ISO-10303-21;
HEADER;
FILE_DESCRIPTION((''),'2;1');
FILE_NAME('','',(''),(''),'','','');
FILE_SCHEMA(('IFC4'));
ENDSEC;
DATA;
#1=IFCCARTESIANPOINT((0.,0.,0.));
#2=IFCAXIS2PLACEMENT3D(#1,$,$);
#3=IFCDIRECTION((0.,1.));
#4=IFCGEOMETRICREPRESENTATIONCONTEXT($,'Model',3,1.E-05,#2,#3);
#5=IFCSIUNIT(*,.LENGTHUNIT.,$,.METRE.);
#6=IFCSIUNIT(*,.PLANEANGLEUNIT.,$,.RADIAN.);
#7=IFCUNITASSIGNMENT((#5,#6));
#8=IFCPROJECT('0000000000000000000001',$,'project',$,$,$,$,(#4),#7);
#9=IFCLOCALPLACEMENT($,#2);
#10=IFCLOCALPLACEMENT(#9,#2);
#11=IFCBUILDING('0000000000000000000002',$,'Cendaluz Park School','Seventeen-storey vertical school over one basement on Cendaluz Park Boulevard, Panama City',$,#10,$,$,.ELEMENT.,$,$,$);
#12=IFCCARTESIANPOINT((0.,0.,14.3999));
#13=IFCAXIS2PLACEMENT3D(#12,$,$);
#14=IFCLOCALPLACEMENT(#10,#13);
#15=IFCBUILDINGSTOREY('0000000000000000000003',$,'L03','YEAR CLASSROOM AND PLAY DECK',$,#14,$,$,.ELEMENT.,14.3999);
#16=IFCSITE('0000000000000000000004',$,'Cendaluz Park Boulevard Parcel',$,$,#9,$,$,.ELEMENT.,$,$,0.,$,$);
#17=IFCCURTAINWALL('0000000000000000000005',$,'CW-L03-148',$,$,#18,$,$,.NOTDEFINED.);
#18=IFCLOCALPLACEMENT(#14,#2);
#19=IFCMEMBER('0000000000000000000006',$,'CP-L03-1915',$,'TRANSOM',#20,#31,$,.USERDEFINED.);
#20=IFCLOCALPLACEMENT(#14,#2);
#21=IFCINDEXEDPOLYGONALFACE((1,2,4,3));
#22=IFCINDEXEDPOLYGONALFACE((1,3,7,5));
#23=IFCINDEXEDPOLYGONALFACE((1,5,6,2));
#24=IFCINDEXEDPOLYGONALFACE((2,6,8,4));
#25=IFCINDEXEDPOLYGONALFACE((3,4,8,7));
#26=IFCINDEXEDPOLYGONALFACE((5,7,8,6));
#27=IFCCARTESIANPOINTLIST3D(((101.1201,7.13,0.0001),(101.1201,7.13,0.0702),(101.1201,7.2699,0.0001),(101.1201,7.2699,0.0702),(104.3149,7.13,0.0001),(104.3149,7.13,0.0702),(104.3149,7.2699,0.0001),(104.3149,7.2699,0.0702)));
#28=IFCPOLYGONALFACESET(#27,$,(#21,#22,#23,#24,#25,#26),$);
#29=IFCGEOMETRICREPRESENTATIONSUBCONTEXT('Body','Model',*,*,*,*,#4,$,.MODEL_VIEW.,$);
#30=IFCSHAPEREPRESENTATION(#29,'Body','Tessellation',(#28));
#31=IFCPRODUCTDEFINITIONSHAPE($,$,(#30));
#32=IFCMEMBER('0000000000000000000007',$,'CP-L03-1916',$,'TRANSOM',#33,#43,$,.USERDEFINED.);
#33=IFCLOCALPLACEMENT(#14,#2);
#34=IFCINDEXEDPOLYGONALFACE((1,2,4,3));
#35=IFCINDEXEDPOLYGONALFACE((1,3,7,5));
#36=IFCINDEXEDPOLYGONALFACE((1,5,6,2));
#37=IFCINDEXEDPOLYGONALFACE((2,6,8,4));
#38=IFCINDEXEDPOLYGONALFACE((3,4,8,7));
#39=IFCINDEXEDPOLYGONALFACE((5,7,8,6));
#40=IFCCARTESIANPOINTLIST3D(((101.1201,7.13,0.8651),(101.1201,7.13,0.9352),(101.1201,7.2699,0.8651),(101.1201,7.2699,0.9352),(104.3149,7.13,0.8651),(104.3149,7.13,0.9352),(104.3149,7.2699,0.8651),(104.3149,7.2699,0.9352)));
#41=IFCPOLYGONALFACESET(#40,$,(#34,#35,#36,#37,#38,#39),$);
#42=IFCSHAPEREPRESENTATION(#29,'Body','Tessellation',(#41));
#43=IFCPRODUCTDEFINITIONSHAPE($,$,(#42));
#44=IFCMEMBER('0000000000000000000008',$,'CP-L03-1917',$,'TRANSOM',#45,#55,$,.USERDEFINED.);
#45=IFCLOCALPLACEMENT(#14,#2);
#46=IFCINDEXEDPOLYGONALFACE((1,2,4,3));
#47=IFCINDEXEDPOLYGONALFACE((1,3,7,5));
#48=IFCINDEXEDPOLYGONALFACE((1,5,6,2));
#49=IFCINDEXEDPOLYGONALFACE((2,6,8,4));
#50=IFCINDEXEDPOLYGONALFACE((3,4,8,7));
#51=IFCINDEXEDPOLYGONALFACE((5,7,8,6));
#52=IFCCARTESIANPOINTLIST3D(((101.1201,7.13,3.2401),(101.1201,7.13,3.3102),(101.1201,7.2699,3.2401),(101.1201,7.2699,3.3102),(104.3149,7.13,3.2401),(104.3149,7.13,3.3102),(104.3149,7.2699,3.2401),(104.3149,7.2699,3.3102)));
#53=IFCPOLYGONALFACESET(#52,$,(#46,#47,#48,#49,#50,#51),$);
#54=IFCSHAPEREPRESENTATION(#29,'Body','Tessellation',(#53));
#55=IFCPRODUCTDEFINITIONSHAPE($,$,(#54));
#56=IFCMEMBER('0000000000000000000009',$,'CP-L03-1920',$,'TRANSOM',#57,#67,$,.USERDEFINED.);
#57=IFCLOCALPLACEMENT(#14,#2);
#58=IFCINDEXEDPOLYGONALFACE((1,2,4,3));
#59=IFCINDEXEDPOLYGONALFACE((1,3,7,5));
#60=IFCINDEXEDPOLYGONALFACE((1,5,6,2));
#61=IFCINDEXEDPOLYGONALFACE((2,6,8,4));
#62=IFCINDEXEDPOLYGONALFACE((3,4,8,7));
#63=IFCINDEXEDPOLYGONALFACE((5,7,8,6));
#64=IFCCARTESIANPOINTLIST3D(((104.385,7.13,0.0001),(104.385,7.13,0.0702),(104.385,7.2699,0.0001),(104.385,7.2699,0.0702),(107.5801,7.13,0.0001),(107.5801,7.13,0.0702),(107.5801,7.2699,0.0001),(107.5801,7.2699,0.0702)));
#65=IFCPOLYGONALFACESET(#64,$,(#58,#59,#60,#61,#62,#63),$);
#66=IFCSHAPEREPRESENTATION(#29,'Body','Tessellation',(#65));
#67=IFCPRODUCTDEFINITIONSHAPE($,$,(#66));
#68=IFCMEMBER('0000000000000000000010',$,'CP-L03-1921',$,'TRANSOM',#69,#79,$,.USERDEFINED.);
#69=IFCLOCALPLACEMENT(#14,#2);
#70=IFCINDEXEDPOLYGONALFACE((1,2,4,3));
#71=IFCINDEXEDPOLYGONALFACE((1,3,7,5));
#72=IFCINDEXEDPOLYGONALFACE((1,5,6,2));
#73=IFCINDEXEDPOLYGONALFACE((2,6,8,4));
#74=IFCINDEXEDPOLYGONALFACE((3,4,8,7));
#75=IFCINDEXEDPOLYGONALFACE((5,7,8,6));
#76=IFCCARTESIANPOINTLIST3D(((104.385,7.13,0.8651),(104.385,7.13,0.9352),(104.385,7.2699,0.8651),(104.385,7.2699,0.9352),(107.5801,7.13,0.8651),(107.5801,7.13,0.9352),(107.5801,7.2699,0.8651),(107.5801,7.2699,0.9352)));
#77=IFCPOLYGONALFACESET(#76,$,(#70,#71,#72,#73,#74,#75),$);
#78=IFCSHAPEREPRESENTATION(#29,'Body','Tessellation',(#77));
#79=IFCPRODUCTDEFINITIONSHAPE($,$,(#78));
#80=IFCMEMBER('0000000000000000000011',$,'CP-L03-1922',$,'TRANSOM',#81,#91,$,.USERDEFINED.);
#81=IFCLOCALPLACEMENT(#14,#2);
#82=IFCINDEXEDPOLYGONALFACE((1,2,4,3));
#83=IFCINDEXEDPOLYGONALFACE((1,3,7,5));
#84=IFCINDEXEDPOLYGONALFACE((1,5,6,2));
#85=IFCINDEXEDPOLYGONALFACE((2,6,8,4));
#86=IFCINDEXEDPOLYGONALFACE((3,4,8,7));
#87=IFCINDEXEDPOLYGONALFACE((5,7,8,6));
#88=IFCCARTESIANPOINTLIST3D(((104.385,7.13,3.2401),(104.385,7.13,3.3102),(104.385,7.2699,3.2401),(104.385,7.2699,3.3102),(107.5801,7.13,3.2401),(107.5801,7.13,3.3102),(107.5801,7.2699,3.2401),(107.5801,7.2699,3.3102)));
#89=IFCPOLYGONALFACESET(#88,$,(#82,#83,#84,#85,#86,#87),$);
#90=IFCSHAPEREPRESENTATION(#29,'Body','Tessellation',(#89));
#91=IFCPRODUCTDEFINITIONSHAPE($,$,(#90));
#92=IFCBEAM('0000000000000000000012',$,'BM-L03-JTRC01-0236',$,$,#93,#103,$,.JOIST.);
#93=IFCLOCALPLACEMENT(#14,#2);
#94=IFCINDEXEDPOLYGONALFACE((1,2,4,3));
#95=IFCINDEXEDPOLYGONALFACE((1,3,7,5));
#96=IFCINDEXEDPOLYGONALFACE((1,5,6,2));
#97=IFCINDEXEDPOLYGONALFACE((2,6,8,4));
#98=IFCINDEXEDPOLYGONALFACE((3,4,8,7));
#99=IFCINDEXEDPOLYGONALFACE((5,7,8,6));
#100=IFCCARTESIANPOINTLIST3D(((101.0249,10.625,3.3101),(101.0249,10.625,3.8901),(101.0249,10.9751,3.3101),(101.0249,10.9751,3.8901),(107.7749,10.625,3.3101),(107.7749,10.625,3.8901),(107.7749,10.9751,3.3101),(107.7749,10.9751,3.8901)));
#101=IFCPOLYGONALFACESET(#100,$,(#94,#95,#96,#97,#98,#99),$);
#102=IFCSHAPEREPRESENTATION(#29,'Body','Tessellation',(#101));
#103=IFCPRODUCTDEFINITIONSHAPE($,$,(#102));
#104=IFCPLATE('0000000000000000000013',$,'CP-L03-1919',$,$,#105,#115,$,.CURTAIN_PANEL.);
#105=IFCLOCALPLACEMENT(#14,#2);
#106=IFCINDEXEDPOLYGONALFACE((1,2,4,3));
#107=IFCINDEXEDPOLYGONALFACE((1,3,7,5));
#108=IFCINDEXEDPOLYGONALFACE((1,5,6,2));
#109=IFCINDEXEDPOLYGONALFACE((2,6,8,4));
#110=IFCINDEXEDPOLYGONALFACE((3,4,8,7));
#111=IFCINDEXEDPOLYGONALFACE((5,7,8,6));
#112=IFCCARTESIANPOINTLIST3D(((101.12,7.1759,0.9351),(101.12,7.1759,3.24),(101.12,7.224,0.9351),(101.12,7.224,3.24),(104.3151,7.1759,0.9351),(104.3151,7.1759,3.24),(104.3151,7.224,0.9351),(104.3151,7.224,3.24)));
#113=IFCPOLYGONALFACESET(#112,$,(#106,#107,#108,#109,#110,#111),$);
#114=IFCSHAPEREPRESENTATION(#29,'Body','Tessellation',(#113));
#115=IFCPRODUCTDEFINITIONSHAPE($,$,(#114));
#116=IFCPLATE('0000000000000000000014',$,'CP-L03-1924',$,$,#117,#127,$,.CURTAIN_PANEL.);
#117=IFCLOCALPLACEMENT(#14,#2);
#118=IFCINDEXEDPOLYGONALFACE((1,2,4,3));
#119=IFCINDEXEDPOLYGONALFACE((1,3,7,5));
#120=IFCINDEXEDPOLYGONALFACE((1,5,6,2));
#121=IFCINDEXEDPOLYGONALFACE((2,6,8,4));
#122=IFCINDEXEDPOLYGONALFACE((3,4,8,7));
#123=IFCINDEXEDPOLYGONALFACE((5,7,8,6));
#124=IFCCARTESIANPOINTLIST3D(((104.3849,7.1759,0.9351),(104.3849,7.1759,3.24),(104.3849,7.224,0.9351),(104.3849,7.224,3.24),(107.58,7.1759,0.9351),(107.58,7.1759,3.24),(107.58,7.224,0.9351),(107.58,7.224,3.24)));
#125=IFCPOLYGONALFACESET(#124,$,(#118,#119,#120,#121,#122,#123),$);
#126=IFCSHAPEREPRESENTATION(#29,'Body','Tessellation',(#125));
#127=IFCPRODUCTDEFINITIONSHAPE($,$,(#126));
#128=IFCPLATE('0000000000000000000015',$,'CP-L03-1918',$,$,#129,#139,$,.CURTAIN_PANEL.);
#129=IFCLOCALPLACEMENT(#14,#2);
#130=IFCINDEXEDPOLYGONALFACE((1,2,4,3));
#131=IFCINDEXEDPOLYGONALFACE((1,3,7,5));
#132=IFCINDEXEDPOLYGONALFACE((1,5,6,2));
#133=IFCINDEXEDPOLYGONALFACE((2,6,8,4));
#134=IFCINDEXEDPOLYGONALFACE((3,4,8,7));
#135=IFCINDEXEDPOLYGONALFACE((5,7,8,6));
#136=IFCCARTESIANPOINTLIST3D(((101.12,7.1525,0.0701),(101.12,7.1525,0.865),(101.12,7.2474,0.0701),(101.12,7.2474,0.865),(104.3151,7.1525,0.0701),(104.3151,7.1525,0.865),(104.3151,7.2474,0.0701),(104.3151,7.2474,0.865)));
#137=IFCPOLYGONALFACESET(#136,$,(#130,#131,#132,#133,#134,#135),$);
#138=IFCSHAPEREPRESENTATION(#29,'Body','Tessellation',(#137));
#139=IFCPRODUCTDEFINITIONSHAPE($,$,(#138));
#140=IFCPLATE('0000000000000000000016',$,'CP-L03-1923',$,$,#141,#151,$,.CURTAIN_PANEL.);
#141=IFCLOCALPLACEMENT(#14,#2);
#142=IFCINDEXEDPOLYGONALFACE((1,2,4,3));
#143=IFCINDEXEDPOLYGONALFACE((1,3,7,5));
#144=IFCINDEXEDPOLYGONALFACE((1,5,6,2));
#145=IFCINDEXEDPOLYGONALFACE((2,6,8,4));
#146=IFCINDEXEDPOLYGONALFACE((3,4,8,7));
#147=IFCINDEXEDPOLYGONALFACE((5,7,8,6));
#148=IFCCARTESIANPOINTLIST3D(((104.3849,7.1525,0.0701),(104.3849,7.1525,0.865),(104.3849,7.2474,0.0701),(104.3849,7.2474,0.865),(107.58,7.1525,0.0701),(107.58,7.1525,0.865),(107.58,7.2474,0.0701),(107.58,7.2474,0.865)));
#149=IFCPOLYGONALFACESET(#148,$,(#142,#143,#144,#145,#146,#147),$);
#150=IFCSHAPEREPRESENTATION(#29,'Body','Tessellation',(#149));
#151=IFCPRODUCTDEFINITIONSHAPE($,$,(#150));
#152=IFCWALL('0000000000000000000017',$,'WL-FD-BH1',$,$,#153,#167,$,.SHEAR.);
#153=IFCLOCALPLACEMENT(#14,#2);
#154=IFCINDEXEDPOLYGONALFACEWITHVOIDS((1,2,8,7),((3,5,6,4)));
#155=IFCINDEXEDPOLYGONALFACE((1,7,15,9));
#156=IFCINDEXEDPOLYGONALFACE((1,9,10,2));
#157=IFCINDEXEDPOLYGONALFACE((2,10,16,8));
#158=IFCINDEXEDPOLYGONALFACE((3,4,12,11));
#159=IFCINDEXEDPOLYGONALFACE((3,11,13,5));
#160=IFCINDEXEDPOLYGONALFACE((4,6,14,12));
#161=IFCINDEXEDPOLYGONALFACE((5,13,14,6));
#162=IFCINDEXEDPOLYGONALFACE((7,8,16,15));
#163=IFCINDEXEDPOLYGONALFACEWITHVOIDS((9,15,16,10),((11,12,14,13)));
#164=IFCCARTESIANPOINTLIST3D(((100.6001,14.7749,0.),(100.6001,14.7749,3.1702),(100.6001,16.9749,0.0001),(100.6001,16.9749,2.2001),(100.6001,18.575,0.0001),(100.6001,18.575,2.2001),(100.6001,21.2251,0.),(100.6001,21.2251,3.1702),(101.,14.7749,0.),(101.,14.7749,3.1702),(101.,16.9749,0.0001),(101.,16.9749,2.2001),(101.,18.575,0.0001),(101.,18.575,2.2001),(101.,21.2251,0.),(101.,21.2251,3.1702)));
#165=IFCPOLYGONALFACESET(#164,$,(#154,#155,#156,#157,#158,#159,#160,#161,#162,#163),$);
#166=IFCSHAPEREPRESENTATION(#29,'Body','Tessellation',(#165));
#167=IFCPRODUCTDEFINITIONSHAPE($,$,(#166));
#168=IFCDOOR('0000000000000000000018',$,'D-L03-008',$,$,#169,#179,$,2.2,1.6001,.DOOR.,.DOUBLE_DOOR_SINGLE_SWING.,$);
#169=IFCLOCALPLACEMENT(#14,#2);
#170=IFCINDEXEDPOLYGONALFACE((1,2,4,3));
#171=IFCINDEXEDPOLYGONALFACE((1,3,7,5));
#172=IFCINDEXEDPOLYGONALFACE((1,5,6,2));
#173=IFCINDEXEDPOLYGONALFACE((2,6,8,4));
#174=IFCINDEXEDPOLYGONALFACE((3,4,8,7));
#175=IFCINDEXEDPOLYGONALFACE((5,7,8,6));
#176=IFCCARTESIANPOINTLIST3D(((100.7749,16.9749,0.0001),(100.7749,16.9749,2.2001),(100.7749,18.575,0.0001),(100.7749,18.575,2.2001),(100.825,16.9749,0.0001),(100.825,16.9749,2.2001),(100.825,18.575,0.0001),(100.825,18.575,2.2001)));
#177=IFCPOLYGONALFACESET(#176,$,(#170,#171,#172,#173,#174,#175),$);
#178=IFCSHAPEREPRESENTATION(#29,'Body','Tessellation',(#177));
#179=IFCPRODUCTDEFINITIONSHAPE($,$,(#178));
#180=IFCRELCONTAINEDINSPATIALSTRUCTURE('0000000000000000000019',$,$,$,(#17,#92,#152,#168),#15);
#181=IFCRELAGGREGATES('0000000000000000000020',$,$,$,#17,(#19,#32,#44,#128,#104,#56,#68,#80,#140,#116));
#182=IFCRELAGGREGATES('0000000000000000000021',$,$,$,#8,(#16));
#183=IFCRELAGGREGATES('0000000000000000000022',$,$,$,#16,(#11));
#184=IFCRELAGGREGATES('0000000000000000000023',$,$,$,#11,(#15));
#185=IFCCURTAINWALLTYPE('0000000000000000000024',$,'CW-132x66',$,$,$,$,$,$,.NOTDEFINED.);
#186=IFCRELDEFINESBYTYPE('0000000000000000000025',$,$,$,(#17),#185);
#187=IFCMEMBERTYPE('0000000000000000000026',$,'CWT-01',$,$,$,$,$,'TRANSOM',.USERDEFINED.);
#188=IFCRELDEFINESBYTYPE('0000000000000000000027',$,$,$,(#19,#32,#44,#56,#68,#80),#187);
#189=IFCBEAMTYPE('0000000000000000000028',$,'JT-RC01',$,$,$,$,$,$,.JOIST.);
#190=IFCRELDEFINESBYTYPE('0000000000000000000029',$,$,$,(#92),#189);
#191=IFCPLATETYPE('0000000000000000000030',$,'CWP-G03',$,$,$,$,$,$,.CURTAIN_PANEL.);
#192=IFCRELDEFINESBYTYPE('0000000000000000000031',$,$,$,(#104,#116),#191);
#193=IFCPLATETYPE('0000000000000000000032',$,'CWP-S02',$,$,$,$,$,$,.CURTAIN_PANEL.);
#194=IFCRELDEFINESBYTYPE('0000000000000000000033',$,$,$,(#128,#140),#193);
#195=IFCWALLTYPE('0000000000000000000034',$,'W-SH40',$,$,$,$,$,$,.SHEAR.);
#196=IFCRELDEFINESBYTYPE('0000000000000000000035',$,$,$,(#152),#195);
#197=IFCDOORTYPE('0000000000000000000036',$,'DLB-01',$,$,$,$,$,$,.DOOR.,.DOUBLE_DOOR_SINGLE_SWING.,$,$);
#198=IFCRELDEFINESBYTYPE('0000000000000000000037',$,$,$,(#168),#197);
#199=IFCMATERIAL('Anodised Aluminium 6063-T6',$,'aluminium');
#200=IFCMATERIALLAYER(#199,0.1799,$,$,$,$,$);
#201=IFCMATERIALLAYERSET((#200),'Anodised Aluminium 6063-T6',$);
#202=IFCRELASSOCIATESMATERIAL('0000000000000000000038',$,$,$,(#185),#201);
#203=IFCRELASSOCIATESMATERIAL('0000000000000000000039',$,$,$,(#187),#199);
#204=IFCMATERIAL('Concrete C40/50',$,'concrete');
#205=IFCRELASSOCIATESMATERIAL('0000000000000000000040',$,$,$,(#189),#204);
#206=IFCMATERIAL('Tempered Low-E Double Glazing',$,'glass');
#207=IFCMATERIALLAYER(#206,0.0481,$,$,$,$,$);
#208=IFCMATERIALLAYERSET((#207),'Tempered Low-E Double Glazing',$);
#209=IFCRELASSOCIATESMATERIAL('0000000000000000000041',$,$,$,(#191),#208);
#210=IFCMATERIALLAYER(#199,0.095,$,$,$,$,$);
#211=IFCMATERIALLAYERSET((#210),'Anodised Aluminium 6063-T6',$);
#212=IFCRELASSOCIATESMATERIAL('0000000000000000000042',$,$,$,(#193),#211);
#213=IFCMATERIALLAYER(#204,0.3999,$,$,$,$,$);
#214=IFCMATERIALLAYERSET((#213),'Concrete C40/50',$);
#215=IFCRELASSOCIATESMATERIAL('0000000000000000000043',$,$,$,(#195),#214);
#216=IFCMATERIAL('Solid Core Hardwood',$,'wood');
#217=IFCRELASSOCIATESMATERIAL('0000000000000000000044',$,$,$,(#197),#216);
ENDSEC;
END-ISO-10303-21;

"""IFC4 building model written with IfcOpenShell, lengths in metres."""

from ifc_helpers import new_model, si_unit, direction, frame, frame_2d, origin, origin_2d, place, context, subcontext, project, spatial, rectangle, extrude, material, layer, layer_set, material_profile, profile_set, type_object, element, fill, aggregate, save


model = new_model("IFC4")

# Units and contexts
model_context = context("Model", 3, precision=1e-05, world=origin(), true_north=direction((0.0, 1.0)))
body_context = subcontext(model_context, "Body", "Model", "MODEL_VIEW")
ifc_project = project(units=[si_unit("LENGTHUNIT", "METRE"), si_unit("PLANEANGLEUNIT", "RADIAN")], contexts=[model_context])

# Site, building, storey
site_placement = place(None, origin())
site = spatial("IfcSite", under=ifc_project, at=site_placement, Name="Cendaluz Park Boulevard Parcel", CompositionType="ELEMENT", RefElevation=0.0)
building_placement = place(site_placement, origin())
building = spatial("IfcBuilding", under=site, at=building_placement, Name="Cendaluz Park School", Description="Seventeen-storey vertical school over one basement on Cendaluz Park Boulevard, Panama City", CompositionType="ELEMENT")
storey_placement = place(building_placement, frame((0.0, 0.0, 14.3999)))
storey = spatial("IfcBuildingStorey", under=building, at=storey_placement, Name="L03", Description="YEAR CLASSROOM AND PLAY DECK", CompositionType="ELEMENT", Elevation=14.3999)

# Shared definitions
ifc_material_1 = material(Name="Concrete C40/50", Category="concrete")

# Curtain wall, members
ifc_material_2 = material(Name="Anodised Aluminium 6063-T6", Category="aluminium")
ifc_layer_1 = layer(ifc_material_2, 0.1799)
ifc_layer_set_1 = layer_set([ifc_layer_1], Name="Anodised Aluminium 6063-T6")
curtain_wall_type = type_object("IfcCurtainWallType", Name="CW-132x66", PredefinedType="NOTDEFINED", material=ifc_layer_set_1)
curtain_wall_placement = place(storey_placement, origin())
curtain_wall = element("IfcCurtainWall", 1, at=curtain_wall_placement, inside=storey, type_object=curtain_wall_type, Name="CW-L03-148", PredefinedType="NOTDEFINED")
ifc_material_profile_1 = material_profile(ifc_material_2, rectangle(XDim=0.1399, YDim=0.0701, at=origin_2d()), Name="CWT 140x70", Category="aluminium")
ifc_profile_set_1 = profile_set([ifc_material_profile_1], Name="Anodised Aluminium 6063-T6")
member_type_1 = type_object("IfcMemberType", Name="CWT-01", ElementType="TRANSOM", PredefinedType="USERDEFINED", material=ifc_profile_set_1)
member_1_placement = place(storey_placement, frame((101.1201, 7.2, 0.0352), z_axis=(1.0, 0.0, 0.0), x_axis=(0.0, 1.0, 0.0)))
member_1 = element("IfcMember", 2, at=member_1_placement, type_object=member_type_1, Name="CP-L03-1915", ObjectType="TRANSOM", PredefinedType="USERDEFINED", context=body_context, shape_type="SweptSolid", body=[
    extrude(rectangle(XDim=0.1399, YDim=0.0701, at=origin_2d()), origin(), (0.0, 0.0, 1.0), 3.1948),
])
member_2_placement = place(storey_placement, frame((101.1201, 7.2, 0.9001), z_axis=(1.0, 0.0, 0.0), x_axis=(0.0, 1.0, 0.0)))
member_2 = element("IfcMember", 3, at=member_2_placement, type_object=member_type_1, Name="CP-L03-1916", ObjectType="TRANSOM", PredefinedType="USERDEFINED", context=body_context, shape_type="SweptSolid", body=[
    extrude(rectangle(XDim=0.1399, YDim=0.0701, at=origin_2d()), origin(), (0.0, 0.0, 1.0), 3.1948),
])
member_3_placement = place(storey_placement, frame((101.1201, 7.2, 3.2751), z_axis=(1.0, 0.0, 0.0), x_axis=(0.0, 1.0, 0.0)))
member_3 = element("IfcMember", 4, at=member_3_placement, type_object=member_type_1, Name="CP-L03-1917", ObjectType="TRANSOM", PredefinedType="USERDEFINED", context=body_context, shape_type="SweptSolid", body=[
    extrude(rectangle(XDim=0.1399, YDim=0.0701, at=origin_2d()), origin(), (0.0, 0.0, 1.0), 3.1948),
])
member_4_placement = place(storey_placement, frame((104.385, 7.2, 0.0352), z_axis=(1.0, 0.0, 0.0), x_axis=(0.0, 1.0, 0.0)))
member_4 = element("IfcMember", 5, at=member_4_placement, type_object=member_type_1, Name="CP-L03-1920", ObjectType="TRANSOM", PredefinedType="USERDEFINED", context=body_context, shape_type="SweptSolid", body=[
    extrude(rectangle(XDim=0.1399, YDim=0.0701, at=origin_2d()), origin(), (0.0, 0.0, 1.0), 3.1951),
])
member_5_placement = place(storey_placement, frame((104.385, 7.2, 0.9001), z_axis=(1.0, 0.0, 0.0), x_axis=(0.0, 1.0, 0.0)))
member_5 = element("IfcMember", 6, at=member_5_placement, type_object=member_type_1, Name="CP-L03-1921", ObjectType="TRANSOM", PredefinedType="USERDEFINED", context=body_context, shape_type="SweptSolid", body=[
    extrude(rectangle(XDim=0.1399, YDim=0.0701, at=origin_2d()), origin(), (0.0, 0.0, 1.0), 3.1951),
])
member_6_placement = place(storey_placement, frame((104.385, 7.2, 3.2751), z_axis=(1.0, 0.0, 0.0), x_axis=(0.0, 1.0, 0.0)))
member_6 = element("IfcMember", 7, at=member_6_placement, type_object=member_type_1, Name="CP-L03-1922", ObjectType="TRANSOM", PredefinedType="USERDEFINED", context=body_context, shape_type="SweptSolid", body=[
    extrude(rectangle(XDim=0.1399, YDim=0.0701, at=origin_2d()), origin(), (0.0, 0.0, 1.0), 3.1951),
])

# Beam
ifc_material_profile_2 = material_profile(ifc_material_1, rectangle(XDim=0.3501, YDim=0.5801, at=origin_2d()), Name="RC 350x580", Category="concrete")
ifc_profile_set_2 = profile_set([ifc_material_profile_2], Name="Concrete C40/50")
beam_type_1 = type_object("IfcBeamType", Name="JT-RC01", PredefinedType="JOIST", material=ifc_profile_set_2)
beam_1_placement = place(storey_placement, frame((101.0249, 10.8, 3.6001), z_axis=(1.0, 0.0, 0.0), x_axis=(0.0, 1.0, 0.0)))
element("IfcBeam", 8, at=beam_1_placement, inside=storey, type_object=beam_type_1, Name="BM-L03-JTRC01-0236", PredefinedType="JOIST", context=body_context, shape_type="SweptSolid", body=[
    extrude(rectangle(XDim=0.3501, YDim=0.5801, at=origin_2d()), origin(), (0.0, 0.0, 1.0), 6.75),
])

# Plates
ifc_material_3 = material(Name="Tempered Low-E Double Glazing", Category="glass")
ifc_layer_2 = layer(ifc_material_3, 0.0481)
ifc_layer_set_2 = layer_set([ifc_layer_2], Name="Tempered Low-E Double Glazing")
plate_type_1 = type_object("IfcPlateType", Name="CWP-G03", PredefinedType="CURTAIN_PANEL", material=ifc_layer_set_2)
plate_1_placement = place(storey_placement, frame((102.7175, 7.2, 0.9351), z_axis=(0.0, 0.0, 1.0), x_axis=(1.0, 0.0, 0.0)))
plate_1 = element("IfcPlate", 9, at=plate_1_placement, type_object=plate_type_1, Name="CP-L03-1919", PredefinedType="CURTAIN_PANEL", context=body_context, shape_type="SweptSolid", body=[
    extrude(rectangle(XDim=3.1951, YDim=0.0481, at=origin_2d()), origin(), (0.0, 0.0, 1.0), 2.3049),
])
plate_2_placement = place(storey_placement, frame((105.9824, 7.2, 0.9351), z_axis=(0.0, 0.0, 1.0), x_axis=(1.0, 0.0, 0.0)))
plate_2 = element("IfcPlate", 10, at=plate_2_placement, type_object=plate_type_1, Name="CP-L03-1924", PredefinedType="CURTAIN_PANEL", context=body_context, shape_type="SweptSolid", body=[
    extrude(rectangle(XDim=3.1951, YDim=0.0481, at=origin_2d()), origin(), (0.0, 0.0, 1.0), 2.3049),
])
ifc_layer_3 = layer(ifc_material_2, 0.095)
ifc_layer_set_3 = layer_set([ifc_layer_3], Name="Anodised Aluminium 6063-T6")
plate_type_2 = type_object("IfcPlateType", Name="CWP-S02", PredefinedType="CURTAIN_PANEL", material=ifc_layer_set_3)
plate_3_placement = place(storey_placement, frame((102.7175, 7.2, 0.0701), z_axis=(0.0, 0.0, 1.0), x_axis=(1.0, 0.0, 0.0)))
plate_3 = element("IfcPlate", 11, at=plate_3_placement, type_object=plate_type_2, Name="CP-L03-1918", PredefinedType="CURTAIN_PANEL", context=body_context, shape_type="SweptSolid", body=[
    extrude(rectangle(XDim=3.1951, YDim=0.095, at=origin_2d()), origin(), (0.0, 0.0, 1.0), 0.7949),
])
plate_4_placement = place(storey_placement, frame((105.9824, 7.2, 0.0701), z_axis=(0.0, 0.0, 1.0), x_axis=(1.0, 0.0, 0.0)))
plate_4 = element("IfcPlate", 12, at=plate_4_placement, type_object=plate_type_2, Name="CP-L03-1923", PredefinedType="CURTAIN_PANEL", context=body_context, shape_type="SweptSolid", body=[
    extrude(rectangle(XDim=3.1951, YDim=0.095, at=origin_2d()), origin(), (0.0, 0.0, 1.0), 0.7949),
])
aggregate(curtain_wall, [member_1, member_2, member_3, plate_3, plate_1, member_4, member_5, member_6, plate_4, plate_2])

# Shared definitions
ifc_material_4 = material(Name="Solid Core Hardwood", Category="wood")

# Wall, opening, door
ifc_layer_4 = layer(ifc_material_1, 0.3999)
ifc_layer_set_4 = layer_set([ifc_layer_4], Name="Concrete C40/50")
wall_type_1 = type_object("IfcWallType", Name="W-SH40", PredefinedType="SHEAR", material=ifc_layer_set_4)
wall_1_placement = place(storey_placement, frame((100.8, 14.7749, 0.0), z_axis=(0.0, 0.0, 1.0), x_axis=(0.0, 1.0, 0.0)))
wall_1 = element("IfcWall", 13, at=wall_1_placement, inside=storey, type_object=wall_type_1, Name="WL-FD-BH1", PredefinedType="SHEAR", context=body_context, shape_type="SweptSolid", body=[
    extrude(rectangle(XDim=6.4502, YDim=0.3999, at=frame_2d((3.2251, 0.0))), origin(), (0.0, 0.0, 1.0), 3.1702),
])
opening_1_placement = place(wall_1_placement, frame((2.2, 0.0, 0.0)))
opening_1 = element("IfcOpeningElement", 14, at=opening_1_placement, cuts=wall_1, PredefinedType="OPENING", context=body_context, shape_type="SweptSolid", body=[
    extrude(rectangle(XDim=1.6001, YDim=2.2, at=frame_2d((0.8, 1.1001))), frame((0.0, 0.2119, 0.0), z_axis=(0.0, -1.0, 0.0), x_axis=(1.0, 0.0, 0.0)), (0.0, 0.0, 1.0), 0.4238),
])
door_type_1 = type_object("IfcDoorType", Name="DLB-01", OperationType="DOUBLE_DOOR_SINGLE_SWING", PredefinedType="DOOR", material=ifc_material_4)
door_1_placement = place(opening_1_placement, frame((1.6001, 0.0, 0.0), z_axis=(0.0, 0.0, 1.0), x_axis=(-1.0, 0.0, 0.0)))
door_1 = element("IfcDoor", 15, at=door_1_placement, inside=storey, type_object=door_type_1, Name="D-L03-008", OperationType="DOUBLE_DOOR_SINGLE_SWING", OverallHeight=2.2, OverallWidth=1.6001, PredefinedType="DOOR", context=body_context, shape_type="SweptSolid", body=[
    extrude(rectangle(XDim=1.6001, YDim=2.2, at=frame_2d((0.8, 1.1001))), frame((0.0, 0.0249, 0.0), z_axis=(0.0, -1.0, 0.0), x_axis=(1.0, 0.0, 0.0)), (0.0, 0.0, 1.0), 0.05),
])
fill(opening_1, door_1)

save(model, "model.ifc")
